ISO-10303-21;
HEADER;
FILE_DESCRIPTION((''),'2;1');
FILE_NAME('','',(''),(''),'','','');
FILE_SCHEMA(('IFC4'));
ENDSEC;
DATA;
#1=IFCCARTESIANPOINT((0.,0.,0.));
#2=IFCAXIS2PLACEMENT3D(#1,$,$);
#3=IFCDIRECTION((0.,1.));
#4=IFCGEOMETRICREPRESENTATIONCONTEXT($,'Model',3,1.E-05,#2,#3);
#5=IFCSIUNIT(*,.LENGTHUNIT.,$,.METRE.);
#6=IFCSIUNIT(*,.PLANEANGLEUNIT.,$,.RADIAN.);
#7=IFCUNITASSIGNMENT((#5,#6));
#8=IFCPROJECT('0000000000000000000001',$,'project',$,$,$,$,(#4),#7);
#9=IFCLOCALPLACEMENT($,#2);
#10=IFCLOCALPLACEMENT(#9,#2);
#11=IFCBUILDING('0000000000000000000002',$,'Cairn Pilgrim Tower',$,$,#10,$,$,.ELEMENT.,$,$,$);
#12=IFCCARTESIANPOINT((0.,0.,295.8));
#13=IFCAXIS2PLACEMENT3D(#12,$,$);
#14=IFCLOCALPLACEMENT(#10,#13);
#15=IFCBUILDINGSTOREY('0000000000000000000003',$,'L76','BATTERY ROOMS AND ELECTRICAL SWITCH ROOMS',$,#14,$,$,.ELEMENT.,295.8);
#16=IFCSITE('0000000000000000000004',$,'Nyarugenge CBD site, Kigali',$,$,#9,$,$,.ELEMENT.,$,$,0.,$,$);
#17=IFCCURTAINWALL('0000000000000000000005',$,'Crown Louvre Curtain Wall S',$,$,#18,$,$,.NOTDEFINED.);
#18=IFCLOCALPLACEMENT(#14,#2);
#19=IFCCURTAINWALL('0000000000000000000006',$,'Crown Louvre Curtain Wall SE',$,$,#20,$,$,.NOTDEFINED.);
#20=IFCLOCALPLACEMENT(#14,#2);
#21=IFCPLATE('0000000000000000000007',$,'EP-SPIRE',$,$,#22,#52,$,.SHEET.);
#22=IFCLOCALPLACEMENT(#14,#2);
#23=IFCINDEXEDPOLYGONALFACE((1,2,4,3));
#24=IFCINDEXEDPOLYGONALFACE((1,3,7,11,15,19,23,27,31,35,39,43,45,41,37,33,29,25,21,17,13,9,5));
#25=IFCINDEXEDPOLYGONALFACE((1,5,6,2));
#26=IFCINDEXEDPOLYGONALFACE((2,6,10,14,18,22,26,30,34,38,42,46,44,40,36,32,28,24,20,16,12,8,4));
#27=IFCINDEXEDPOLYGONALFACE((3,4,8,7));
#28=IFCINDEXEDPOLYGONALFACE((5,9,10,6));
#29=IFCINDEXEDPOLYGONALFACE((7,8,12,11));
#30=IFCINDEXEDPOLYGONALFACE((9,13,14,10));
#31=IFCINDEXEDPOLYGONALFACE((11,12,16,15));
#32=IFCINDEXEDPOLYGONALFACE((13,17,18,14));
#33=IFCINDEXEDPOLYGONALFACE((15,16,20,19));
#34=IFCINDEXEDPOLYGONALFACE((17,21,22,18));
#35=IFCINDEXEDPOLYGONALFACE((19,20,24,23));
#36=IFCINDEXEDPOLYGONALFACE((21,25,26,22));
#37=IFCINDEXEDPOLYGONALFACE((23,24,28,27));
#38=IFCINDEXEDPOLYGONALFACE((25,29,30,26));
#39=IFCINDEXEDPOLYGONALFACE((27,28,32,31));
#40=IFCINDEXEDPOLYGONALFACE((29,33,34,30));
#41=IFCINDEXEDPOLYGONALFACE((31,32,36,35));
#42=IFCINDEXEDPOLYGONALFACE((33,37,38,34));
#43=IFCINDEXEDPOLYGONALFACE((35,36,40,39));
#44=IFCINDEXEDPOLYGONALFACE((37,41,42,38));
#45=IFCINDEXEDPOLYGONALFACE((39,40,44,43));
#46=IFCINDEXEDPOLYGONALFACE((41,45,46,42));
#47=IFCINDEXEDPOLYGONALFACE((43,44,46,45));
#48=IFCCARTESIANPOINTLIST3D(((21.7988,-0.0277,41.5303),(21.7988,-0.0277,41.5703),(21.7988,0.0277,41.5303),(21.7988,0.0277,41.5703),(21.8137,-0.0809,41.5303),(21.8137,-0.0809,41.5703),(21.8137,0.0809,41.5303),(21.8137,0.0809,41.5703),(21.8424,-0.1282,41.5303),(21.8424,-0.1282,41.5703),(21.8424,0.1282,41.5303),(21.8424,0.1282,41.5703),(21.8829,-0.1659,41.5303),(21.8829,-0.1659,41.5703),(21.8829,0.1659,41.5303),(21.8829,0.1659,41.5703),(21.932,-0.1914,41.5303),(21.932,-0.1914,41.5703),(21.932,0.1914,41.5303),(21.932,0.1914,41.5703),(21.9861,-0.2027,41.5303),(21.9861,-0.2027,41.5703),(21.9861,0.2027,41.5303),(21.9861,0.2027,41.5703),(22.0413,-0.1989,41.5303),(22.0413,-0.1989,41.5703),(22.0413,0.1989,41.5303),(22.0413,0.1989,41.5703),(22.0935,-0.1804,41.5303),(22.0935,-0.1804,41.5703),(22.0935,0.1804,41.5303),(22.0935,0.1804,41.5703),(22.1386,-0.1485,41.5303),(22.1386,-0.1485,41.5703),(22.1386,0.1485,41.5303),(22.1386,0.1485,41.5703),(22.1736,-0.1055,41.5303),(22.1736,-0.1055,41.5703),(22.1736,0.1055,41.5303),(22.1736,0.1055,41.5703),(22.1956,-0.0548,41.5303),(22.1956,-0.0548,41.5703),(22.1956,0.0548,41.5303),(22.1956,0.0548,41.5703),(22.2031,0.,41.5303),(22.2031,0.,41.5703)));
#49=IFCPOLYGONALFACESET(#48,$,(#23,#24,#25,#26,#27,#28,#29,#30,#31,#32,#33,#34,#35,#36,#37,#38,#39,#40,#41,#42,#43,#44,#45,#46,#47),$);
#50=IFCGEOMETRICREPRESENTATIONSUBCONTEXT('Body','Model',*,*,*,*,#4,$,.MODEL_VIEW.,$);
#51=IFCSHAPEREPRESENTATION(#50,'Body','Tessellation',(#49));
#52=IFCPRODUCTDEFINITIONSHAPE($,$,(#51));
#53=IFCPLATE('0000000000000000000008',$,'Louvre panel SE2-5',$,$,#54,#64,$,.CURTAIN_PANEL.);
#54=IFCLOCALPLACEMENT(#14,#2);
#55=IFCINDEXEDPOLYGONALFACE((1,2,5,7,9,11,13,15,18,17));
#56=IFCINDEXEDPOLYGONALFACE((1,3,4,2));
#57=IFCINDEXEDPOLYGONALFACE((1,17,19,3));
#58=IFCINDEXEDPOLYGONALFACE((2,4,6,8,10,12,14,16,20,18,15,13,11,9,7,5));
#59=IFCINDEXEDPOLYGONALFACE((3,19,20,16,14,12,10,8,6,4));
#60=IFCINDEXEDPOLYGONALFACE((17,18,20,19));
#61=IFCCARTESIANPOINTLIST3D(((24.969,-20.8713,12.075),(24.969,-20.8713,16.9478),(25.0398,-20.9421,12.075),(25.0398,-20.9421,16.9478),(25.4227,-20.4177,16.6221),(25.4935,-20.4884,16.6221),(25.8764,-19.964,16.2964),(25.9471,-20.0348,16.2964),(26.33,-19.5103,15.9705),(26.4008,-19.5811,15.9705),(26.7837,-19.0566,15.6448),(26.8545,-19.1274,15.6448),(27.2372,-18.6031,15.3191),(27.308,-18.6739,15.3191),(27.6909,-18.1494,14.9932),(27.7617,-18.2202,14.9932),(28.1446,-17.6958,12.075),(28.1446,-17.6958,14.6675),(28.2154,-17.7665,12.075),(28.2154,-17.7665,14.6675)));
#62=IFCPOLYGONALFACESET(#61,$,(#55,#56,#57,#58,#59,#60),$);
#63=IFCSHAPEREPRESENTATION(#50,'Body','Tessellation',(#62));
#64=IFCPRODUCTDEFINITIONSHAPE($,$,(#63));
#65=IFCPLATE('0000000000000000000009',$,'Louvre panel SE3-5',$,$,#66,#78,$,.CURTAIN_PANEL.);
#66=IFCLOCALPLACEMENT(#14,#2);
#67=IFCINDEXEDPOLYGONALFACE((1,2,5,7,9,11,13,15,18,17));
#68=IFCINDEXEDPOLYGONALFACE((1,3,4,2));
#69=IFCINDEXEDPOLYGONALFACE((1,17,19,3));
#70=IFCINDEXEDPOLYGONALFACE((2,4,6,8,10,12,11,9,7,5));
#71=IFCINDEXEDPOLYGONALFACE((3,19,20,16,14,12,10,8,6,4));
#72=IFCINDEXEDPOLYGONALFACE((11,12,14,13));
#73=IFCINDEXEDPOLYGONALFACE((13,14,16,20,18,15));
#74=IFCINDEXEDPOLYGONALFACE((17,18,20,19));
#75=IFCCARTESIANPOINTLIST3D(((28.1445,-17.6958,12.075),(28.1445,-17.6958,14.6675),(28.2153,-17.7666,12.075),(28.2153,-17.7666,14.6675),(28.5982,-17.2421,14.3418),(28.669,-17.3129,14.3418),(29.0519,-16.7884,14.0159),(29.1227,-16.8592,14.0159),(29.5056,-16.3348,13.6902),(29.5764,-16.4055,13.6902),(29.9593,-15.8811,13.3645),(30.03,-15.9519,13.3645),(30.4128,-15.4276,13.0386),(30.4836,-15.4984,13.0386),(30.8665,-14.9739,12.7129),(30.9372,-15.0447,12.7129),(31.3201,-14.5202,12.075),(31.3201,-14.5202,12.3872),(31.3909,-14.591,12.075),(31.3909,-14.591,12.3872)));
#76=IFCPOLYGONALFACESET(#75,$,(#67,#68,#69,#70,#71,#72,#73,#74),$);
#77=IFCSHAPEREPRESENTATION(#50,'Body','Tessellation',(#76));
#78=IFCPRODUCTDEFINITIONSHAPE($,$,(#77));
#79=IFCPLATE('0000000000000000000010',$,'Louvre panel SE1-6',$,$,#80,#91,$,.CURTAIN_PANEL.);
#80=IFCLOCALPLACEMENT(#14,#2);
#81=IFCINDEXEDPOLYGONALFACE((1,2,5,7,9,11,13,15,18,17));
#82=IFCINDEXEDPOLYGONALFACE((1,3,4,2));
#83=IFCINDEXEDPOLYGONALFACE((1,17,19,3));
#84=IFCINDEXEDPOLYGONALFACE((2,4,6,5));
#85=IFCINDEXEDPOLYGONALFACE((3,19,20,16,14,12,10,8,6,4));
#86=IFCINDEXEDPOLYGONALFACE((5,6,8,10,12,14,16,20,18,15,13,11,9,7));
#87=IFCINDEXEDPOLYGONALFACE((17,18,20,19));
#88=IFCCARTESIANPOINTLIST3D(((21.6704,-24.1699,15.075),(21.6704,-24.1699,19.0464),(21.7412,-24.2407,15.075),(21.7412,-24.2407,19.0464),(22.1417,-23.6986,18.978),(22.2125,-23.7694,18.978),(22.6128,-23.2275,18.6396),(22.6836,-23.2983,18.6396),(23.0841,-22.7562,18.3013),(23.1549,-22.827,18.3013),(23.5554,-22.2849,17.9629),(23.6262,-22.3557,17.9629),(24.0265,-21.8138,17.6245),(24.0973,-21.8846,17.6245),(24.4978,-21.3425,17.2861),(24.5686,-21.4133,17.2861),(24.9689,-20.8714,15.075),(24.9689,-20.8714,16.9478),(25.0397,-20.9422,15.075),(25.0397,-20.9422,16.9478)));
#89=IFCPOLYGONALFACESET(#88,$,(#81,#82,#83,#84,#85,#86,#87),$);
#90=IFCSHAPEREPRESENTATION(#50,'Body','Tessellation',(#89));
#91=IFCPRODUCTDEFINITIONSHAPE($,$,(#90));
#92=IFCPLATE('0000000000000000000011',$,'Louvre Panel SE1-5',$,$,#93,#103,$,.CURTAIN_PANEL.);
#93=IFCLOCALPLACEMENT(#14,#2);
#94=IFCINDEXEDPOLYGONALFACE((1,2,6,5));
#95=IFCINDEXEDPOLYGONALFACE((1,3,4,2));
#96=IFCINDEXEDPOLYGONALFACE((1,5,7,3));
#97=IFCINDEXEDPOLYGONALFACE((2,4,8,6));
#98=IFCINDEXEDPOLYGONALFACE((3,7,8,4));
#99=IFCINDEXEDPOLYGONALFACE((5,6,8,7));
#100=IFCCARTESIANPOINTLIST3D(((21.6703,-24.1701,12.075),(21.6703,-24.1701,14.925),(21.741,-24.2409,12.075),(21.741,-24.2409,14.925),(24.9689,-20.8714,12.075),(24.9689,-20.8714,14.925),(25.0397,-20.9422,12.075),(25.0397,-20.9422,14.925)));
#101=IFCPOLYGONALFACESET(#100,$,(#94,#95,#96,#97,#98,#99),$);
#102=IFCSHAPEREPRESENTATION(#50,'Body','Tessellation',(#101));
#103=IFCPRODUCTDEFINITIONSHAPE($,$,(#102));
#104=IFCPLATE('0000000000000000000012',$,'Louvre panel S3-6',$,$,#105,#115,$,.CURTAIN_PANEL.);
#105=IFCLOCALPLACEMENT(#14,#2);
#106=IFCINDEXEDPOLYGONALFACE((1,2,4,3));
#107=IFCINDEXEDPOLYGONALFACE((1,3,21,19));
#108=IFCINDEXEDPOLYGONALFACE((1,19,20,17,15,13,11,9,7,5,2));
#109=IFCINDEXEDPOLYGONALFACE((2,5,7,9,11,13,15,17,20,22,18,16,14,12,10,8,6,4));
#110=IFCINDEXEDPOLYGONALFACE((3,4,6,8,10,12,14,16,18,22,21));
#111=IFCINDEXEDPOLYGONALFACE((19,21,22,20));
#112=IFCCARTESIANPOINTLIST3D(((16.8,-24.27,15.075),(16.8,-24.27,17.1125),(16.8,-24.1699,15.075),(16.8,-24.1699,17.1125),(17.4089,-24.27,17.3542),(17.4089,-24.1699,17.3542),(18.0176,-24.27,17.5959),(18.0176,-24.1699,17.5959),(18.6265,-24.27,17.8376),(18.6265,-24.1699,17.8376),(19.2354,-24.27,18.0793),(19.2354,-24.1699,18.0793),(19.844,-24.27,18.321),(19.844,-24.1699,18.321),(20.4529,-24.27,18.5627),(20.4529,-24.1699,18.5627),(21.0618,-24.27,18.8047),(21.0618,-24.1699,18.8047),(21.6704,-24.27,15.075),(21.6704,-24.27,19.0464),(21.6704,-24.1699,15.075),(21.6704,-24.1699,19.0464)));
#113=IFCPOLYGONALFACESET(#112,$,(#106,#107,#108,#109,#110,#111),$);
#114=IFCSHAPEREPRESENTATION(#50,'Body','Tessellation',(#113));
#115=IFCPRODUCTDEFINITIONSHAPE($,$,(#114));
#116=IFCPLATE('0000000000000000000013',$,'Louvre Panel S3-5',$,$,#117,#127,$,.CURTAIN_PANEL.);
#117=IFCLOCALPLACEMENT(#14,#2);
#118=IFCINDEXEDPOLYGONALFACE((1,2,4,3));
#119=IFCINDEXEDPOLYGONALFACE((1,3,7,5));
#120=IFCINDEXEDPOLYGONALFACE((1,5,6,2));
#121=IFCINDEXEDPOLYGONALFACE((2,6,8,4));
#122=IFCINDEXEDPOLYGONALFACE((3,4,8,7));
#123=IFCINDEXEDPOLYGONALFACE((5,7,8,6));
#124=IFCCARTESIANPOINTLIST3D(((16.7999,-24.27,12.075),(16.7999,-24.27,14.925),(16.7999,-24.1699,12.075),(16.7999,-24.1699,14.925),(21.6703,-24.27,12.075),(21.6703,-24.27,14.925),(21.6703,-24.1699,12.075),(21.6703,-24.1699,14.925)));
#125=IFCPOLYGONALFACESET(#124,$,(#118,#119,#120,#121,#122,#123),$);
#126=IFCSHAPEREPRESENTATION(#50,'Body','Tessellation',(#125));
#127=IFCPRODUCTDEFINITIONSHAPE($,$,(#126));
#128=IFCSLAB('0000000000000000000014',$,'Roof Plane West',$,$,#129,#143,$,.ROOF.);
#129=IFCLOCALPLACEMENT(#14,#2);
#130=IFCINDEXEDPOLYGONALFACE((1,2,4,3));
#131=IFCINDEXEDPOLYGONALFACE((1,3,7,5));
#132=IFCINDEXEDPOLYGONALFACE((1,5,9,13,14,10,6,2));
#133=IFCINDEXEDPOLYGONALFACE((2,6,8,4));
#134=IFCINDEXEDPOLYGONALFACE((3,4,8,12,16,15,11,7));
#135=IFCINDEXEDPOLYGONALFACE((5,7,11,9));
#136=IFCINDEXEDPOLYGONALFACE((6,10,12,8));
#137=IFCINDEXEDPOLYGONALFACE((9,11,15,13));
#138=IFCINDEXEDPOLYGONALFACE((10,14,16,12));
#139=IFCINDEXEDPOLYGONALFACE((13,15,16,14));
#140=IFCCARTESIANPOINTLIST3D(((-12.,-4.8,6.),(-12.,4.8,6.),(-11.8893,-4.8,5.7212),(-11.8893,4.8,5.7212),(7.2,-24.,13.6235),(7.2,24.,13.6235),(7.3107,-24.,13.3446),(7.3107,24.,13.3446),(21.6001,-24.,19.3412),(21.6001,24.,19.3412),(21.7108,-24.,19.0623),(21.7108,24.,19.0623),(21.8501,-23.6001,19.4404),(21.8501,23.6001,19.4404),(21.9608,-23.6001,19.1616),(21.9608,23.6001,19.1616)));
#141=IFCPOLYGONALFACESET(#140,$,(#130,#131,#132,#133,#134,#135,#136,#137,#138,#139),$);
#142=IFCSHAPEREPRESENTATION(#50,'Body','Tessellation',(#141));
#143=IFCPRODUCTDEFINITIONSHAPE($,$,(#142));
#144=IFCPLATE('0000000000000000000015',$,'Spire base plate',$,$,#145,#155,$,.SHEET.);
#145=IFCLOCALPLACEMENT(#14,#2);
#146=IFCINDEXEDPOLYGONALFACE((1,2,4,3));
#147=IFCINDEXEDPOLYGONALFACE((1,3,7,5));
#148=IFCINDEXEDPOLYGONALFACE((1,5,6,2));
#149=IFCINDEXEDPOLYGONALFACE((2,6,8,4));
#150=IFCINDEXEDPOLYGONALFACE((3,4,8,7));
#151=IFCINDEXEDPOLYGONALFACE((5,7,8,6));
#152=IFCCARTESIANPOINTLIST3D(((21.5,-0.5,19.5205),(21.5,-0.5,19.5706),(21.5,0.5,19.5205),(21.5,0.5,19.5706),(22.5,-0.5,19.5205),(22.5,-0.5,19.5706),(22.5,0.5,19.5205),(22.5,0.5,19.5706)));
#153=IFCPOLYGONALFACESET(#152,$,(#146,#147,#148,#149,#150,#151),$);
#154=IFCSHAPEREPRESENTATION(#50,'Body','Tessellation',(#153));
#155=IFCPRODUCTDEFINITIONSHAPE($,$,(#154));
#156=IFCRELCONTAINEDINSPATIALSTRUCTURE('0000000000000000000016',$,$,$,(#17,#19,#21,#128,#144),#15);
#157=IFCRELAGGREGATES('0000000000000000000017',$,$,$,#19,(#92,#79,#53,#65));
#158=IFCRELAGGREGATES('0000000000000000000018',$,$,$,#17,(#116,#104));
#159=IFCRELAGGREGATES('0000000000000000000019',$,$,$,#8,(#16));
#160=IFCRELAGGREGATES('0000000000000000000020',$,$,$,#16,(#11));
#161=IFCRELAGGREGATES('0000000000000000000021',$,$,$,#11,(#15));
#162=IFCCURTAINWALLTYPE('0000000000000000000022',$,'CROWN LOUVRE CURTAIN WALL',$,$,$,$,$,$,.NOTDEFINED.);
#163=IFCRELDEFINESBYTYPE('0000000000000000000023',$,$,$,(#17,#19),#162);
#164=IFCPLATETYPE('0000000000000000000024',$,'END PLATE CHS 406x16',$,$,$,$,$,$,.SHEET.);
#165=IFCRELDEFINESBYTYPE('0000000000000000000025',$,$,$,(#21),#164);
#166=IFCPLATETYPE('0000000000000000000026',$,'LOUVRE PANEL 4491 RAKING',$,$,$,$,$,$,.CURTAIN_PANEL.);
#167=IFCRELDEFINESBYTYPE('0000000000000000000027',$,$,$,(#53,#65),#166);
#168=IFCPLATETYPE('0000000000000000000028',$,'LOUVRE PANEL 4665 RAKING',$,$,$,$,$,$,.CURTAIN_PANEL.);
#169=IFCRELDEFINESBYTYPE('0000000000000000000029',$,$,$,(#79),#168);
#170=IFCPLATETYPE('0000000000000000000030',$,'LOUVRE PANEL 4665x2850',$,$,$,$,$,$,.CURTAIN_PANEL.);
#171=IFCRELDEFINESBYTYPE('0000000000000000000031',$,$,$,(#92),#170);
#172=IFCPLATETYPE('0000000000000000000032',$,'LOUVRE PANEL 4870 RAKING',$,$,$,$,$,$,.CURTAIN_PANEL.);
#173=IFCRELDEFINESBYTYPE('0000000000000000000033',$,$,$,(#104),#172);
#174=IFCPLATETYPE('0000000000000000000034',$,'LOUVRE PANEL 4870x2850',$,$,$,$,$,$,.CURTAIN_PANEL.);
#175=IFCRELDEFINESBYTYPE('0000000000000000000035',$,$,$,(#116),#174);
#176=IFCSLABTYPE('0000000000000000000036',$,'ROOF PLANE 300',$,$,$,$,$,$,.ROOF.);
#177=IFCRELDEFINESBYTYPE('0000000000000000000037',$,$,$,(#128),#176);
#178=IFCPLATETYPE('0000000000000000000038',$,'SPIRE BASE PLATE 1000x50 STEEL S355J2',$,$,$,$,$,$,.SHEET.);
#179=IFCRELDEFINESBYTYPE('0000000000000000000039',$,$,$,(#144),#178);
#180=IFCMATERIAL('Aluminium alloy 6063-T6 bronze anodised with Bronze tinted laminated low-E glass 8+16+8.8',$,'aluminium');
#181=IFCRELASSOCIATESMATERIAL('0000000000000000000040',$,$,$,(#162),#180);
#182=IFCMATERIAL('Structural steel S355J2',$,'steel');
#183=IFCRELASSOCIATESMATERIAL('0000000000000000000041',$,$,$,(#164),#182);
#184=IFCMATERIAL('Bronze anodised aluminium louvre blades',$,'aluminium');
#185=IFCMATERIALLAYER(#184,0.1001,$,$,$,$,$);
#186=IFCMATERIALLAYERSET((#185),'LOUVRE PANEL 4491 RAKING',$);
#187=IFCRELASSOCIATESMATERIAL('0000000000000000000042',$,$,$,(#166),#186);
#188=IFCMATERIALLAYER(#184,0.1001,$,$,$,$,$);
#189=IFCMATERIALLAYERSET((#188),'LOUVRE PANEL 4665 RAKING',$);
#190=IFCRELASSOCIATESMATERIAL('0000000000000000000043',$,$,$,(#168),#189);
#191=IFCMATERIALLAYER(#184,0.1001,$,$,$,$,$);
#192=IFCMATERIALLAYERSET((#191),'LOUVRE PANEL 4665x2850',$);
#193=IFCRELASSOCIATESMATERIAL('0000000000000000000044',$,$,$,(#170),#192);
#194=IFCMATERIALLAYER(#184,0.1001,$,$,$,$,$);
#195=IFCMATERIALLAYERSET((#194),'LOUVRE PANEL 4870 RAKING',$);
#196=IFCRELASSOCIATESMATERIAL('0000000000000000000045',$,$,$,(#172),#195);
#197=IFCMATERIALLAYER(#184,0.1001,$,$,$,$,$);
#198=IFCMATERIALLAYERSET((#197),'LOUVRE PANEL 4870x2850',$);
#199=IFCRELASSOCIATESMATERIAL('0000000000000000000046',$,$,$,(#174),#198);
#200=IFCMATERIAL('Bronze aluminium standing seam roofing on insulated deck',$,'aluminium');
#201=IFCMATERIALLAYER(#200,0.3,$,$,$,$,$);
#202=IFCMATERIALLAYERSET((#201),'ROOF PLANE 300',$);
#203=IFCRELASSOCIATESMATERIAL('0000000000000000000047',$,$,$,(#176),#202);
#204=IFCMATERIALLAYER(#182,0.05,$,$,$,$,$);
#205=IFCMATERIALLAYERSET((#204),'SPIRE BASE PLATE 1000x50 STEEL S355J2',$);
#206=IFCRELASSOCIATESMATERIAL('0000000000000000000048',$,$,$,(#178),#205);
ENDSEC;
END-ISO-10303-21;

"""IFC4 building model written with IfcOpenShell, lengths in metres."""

from ifc_helpers import new_model, si_unit, direction, frame, origin, origin_2d, place, context, subcontext, project, spatial, polyline, rectangle, circle, outline, extrude, material, layer, layer_set, material_profile, profile_set, type_object, element, aggregate, save


model = new_model("IFC4")

# Units and contexts
model_context = context("Model", 3, precision=1e-05, world=origin(), true_north=direction((0.0, 1.0)))
body_context = subcontext(model_context, "Body", "Model", "MODEL_VIEW")
ifc_project = project(units=[si_unit("LENGTHUNIT", "METRE"), si_unit("PLANEANGLEUNIT", "RADIAN")], contexts=[model_context])

# Site, building, storey
site_placement = place(None, origin())
site = spatial("IfcSite", under=ifc_project, at=site_placement, Name="Nyarugenge CBD site, Kigali", CompositionType="ELEMENT", RefElevation=0.0)
building_placement = place(site_placement, origin())
building = spatial("IfcBuilding", under=site, at=building_placement, Name="Cairn Pilgrim Tower", CompositionType="ELEMENT")
storey_placement = place(building_placement, frame((0.0, 0.0, 295.8)))
storey = spatial("IfcBuildingStorey", under=building, at=storey_placement, Name="L76", Description="BATTERY ROOMS AND ELECTRICAL SWITCH ROOMS", CompositionType="ELEMENT", Elevation=295.8)

# Shared definitions
ifc_material_1 = material(Name="Structural steel S355J2", Category="steel")

# Curtain walls
ifc_material_2 = material(Name="Aluminium alloy 6063-T6 bronze anodised with Bronze tinted laminated low-E glass 8+16+8.8", Category="aluminium")
curtain_wall_type = type_object("IfcCurtainWallType", Name="CROWN LOUVRE CURTAIN WALL", PredefinedType="NOTDEFINED", material=ifc_material_2)
curtain_wall_1_placement = place(storey_placement, origin())
curtain_wall_1 = element("IfcCurtainWall", 1, at=curtain_wall_1_placement, inside=storey, type_object=curtain_wall_type, Name="Crown Louvre Curtain Wall S", PredefinedType="NOTDEFINED")
curtain_wall_2_placement = place(storey_placement, origin())
curtain_wall_2 = element("IfcCurtainWall", 2, at=curtain_wall_2_placement, inside=storey, type_object=curtain_wall_type, Name="Crown Louvre Curtain Wall SE", PredefinedType="NOTDEFINED")

# Plates
ifc_material_profile_1 = material_profile(ifc_material_1, circle(Radius=0.2031, at=origin_2d()), Name="END PLATE CHS 406x16")
ifc_profile_set_1 = profile_set([ifc_material_profile_1], Name="Structural steel S355J2")
plate_type_1 = type_object("IfcPlateType", Name="END PLATE CHS 406x16", PredefinedType="SHEET", material=ifc_profile_set_1)
plate_1_placement = place(storey_placement, frame((22.0, 0.0, 41.5303), z_axis=(0.0, 0.0, 1.0), x_axis=(1.0, 0.0, 0.0)))
element("IfcPlate", 3, at=plate_1_placement, inside=storey, type_object=plate_type_1, Name="EP-SPIRE", PredefinedType="SHEET", context=body_context, shape_type="SweptSolid", body=[
    extrude(circle(Radius=0.2031, at=origin_2d()), origin(), (0.0, 0.0, 1.0), 0.04),
])
ifc_material_3 = material(Name="Bronze anodised aluminium louvre blades", Category="aluminium")
ifc_layer_1 = layer(ifc_material_3, 0.1001)
ifc_layer_set_1 = layer_set([ifc_layer_1], Name="LOUVRE PANEL 4491 RAKING")
plate_type_2 = type_object("IfcPlateType", Name="LOUVRE PANEL 4491 RAKING", PredefinedType="CURTAIN_PANEL", material=ifc_layer_set_1)
plate_2_placement = place(storey_placement, frame((25.0044, -20.9067, 12.075), z_axis=(0.0, 0.0, 1.0), x_axis=(0.707107, 0.707107, 0.0)))
plate_2 = element("IfcPlate", 4, at=plate_2_placement, type_object=plate_type_2, Name="Louvre panel SE2-5", PredefinedType="CURTAIN_PANEL", context=body_context, shape_type="SweptSolid", body=[
    extrude(outline(polyline([(0.0, 0.0), (4.491, 0.0), (4.491, 2.5925), (3.8494, 2.9182), (3.2078, 3.2441), (2.5664, 3.5698), (1.9248, 3.8955), (1.2832, 4.2214), (0.6416, 4.5471), (0.0, 4.8728), (0.0, 0.0)])), frame((0.0, 0.05, 0.0), z_axis=(0.0, -1.0, 0.0), x_axis=(1.0, 0.0, 0.0)), (0.0, 0.0, 1.0), 0.1001),
])
plate_3_placement = place(storey_placement, frame((28.1799, -17.7312, 12.075), z_axis=(0.0, 0.0, 1.0), x_axis=(0.707107, 0.707107, 0.0)))
plate_3 = element("IfcPlate", 5, at=plate_3_placement, type_object=plate_type_2, Name="Louvre panel SE3-5", PredefinedType="CURTAIN_PANEL", context=body_context, shape_type="SweptSolid", body=[
    extrude(outline(polyline([(0.0, 0.0), (4.491, 0.0), (4.491, 0.3123), (3.8494, 0.6379), (3.2078, 0.9636), (2.5664, 1.2896), (1.9248, 1.6152), (1.2832, 1.9409), (0.6416, 2.2668), (0.0, 2.5925), (0.0, 0.0)])), frame((0.0, 0.05, 0.0), z_axis=(0.0, -1.0, 0.0), x_axis=(1.0, 0.0, 0.0)), (0.0, 0.0, 1.0), 0.1001),
])
ifc_layer_2 = layer(ifc_material_3, 0.1001)
ifc_layer_set_2 = layer_set([ifc_layer_2], Name="LOUVRE PANEL 4665 RAKING")
plate_type_3 = type_object("IfcPlateType", Name="LOUVRE PANEL 4665 RAKING", PredefinedType="CURTAIN_PANEL", material=ifc_layer_set_2)
plate_4_placement = place(storey_placement, frame((21.7058, -24.2053, 15.075), z_axis=(0.0, 0.0, 1.0), x_axis=(0.707107, 0.707107, 0.0)))
plate_4 = element("IfcPlate", 6, at=plate_4_placement, type_object=plate_type_3, Name="Louvre panel SE1-6", PredefinedType="CURTAIN_PANEL", context=body_context, shape_type="SweptSolid", body=[
    extrude(outline(polyline([(0.0, 0.0), (4.6648, 0.0), (4.6648, 1.8728), (3.9985, 2.2112), (3.332, 2.5496), (2.6658, 2.8879), (1.9993, 3.2263), (1.3328, 3.5647), (0.6665, 3.9031), (0.0, 3.9714), (0.0, 0.0)])), frame((0.0, 0.05, 0.0), z_axis=(0.0, -1.0, 0.0), x_axis=(1.0, 0.0, 0.0)), (0.0, 0.0, 1.0), 0.1001),
])
ifc_layer_3 = layer(ifc_material_3, 0.1001)
ifc_layer_set_3 = layer_set([ifc_layer_3], Name="LOUVRE PANEL 4665x2850")
plate_type_4 = type_object("IfcPlateType", Name="LOUVRE PANEL 4665x2850", PredefinedType="CURTAIN_PANEL", material=ifc_layer_set_3)
plate_5_placement = place(storey_placement, frame((23.355, -22.5562, 12.075), z_axis=(0.0, 0.0, 1.0), x_axis=(0.707107, 0.707107, 0.0)))
plate_5 = element("IfcPlate", 7, at=plate_5_placement, type_object=plate_type_4, Name="Louvre Panel SE1-5", PredefinedType="CURTAIN_PANEL", context=body_context, shape_type="SweptSolid", body=[
    extrude(rectangle(XDim=4.665, YDim=0.1001, at=origin_2d()), origin(), (0.0, 0.0, 1.0), 2.8501),
])
aggregate(curtain_wall_2, [plate_5, plate_4, plate_2, plate_3])
ifc_layer_4 = layer(ifc_material_3, 0.1001)
ifc_layer_set_4 = layer_set([ifc_layer_4], Name="LOUVRE PANEL 4870 RAKING")
plate_type_5 = type_object("IfcPlateType", Name="LOUVRE PANEL 4870 RAKING", PredefinedType="CURTAIN_PANEL", material=ifc_layer_set_4)
plate_6_placement = place(storey_placement, frame((16.8, -24.22, 15.075), z_axis=(0.0, 0.0, 1.0), x_axis=(1.0, 0.0, 0.0)))
plate_6 = element("IfcPlate", 8, at=plate_6_placement, type_object=plate_type_5, Name="Louvre panel S3-6", PredefinedType="CURTAIN_PANEL", context=body_context, shape_type="SweptSolid", body=[
    extrude(outline(polyline([(0.0, 0.0), (4.8704, 0.0), (4.8704, 3.9714), (4.2617, 3.7297), (3.6528, 3.4878), (3.0439, 3.2461), (2.4353, 3.0044), (1.8264, 2.7627), (1.2175, 2.521), (0.6089, 2.2793), (0.0, 2.0376), (0.0, 0.0)])), frame((0.0, 0.05, 0.0), z_axis=(0.0, -1.0, 0.0), x_axis=(1.0, 0.0, 0.0)), (0.0, 0.0, 1.0), 0.1001),
])
ifc_layer_5 = layer(ifc_material_3, 0.1001)
ifc_layer_set_5 = layer_set([ifc_layer_5], Name="LOUVRE PANEL 4870x2850")
plate_type_6 = type_object("IfcPlateType", Name="LOUVRE PANEL 4870x2850", PredefinedType="CURTAIN_PANEL", material=ifc_layer_set_5)
plate_7_placement = place(storey_placement, frame((19.2351, -24.22, 12.075), z_axis=(0.0, 0.0, 1.0), x_axis=(1.0, 0.0, 0.0)))
plate_7 = element("IfcPlate", 9, at=plate_7_placement, type_object=plate_type_6, Name="Louvre Panel S3-5", PredefinedType="CURTAIN_PANEL", context=body_context, shape_type="SweptSolid", body=[
    extrude(rectangle(XDim=4.8704, YDim=0.1001, at=origin_2d()), origin(), (0.0, 0.0, 1.0), 2.8501),
])
aggregate(curtain_wall_1, [plate_7, plate_6])

# Slab
ifc_material_4 = material(Name="Bronze aluminium standing seam roofing on insulated deck", Category="aluminium")
ifc_layer_6 = layer(ifc_material_4, 0.3)
ifc_layer_set_6 = layer_set([ifc_layer_6], Name="ROOF PLANE 300")
slab_type = type_object("IfcSlabType", Name="ROOF PLANE 300", PredefinedType="ROOF", material=ifc_layer_set_6)
slab_placement = place(storey_placement, frame((21.8501, -23.6001, 19.4404), z_axis=(-0.369031, 0.0, 0.929417), x_axis=(0.0, 1.0, 0.0)))
element("IfcSlab", 10, at=slab_placement, inside=storey, type_object=slab_type, Name="Roof Plane West", PredefinedType="ROOF", context=body_context, shape_type="SweptSolid", body=[
    extrude(outline(polyline([(0.0, 0.0), (47.2002, 0.0), (47.6001, 0.269), (47.6001, 15.7627), (28.4001, 36.4208), (18.8, 36.4208), (-0.3999, 15.7627), (-0.3999, 0.269), (0.0, 0.0)])), origin(), (0.0, 0.0, -1.0), 0.3),
])

# Plate
ifc_layer_7 = layer(ifc_material_1, 0.05)
ifc_layer_set_7 = layer_set([ifc_layer_7], Name="SPIRE BASE PLATE 1000x50 STEEL S355J2")
plate_type_7 = type_object("IfcPlateType", Name="SPIRE BASE PLATE 1000x50 STEEL S355J2", PredefinedType="SHEET", material=ifc_layer_set_7)
plate_8_placement = place(storey_placement, frame((22.0, 0.0, 19.5205), z_axis=(0.0, 0.0, 1.0), x_axis=(1.0, 0.0, 0.0)))
element("IfcPlate", 11, at=plate_8_placement, inside=storey, type_object=plate_type_7, Name="Spire base plate", PredefinedType="SHEET", context=body_context, shape_type="SweptSolid", body=[
    extrude(rectangle(XDim=1.0, YDim=1.0, at=origin_2d()), origin(), (0.0, 0.0, 1.0), 0.05),
])

save(model, "model.ifc")
